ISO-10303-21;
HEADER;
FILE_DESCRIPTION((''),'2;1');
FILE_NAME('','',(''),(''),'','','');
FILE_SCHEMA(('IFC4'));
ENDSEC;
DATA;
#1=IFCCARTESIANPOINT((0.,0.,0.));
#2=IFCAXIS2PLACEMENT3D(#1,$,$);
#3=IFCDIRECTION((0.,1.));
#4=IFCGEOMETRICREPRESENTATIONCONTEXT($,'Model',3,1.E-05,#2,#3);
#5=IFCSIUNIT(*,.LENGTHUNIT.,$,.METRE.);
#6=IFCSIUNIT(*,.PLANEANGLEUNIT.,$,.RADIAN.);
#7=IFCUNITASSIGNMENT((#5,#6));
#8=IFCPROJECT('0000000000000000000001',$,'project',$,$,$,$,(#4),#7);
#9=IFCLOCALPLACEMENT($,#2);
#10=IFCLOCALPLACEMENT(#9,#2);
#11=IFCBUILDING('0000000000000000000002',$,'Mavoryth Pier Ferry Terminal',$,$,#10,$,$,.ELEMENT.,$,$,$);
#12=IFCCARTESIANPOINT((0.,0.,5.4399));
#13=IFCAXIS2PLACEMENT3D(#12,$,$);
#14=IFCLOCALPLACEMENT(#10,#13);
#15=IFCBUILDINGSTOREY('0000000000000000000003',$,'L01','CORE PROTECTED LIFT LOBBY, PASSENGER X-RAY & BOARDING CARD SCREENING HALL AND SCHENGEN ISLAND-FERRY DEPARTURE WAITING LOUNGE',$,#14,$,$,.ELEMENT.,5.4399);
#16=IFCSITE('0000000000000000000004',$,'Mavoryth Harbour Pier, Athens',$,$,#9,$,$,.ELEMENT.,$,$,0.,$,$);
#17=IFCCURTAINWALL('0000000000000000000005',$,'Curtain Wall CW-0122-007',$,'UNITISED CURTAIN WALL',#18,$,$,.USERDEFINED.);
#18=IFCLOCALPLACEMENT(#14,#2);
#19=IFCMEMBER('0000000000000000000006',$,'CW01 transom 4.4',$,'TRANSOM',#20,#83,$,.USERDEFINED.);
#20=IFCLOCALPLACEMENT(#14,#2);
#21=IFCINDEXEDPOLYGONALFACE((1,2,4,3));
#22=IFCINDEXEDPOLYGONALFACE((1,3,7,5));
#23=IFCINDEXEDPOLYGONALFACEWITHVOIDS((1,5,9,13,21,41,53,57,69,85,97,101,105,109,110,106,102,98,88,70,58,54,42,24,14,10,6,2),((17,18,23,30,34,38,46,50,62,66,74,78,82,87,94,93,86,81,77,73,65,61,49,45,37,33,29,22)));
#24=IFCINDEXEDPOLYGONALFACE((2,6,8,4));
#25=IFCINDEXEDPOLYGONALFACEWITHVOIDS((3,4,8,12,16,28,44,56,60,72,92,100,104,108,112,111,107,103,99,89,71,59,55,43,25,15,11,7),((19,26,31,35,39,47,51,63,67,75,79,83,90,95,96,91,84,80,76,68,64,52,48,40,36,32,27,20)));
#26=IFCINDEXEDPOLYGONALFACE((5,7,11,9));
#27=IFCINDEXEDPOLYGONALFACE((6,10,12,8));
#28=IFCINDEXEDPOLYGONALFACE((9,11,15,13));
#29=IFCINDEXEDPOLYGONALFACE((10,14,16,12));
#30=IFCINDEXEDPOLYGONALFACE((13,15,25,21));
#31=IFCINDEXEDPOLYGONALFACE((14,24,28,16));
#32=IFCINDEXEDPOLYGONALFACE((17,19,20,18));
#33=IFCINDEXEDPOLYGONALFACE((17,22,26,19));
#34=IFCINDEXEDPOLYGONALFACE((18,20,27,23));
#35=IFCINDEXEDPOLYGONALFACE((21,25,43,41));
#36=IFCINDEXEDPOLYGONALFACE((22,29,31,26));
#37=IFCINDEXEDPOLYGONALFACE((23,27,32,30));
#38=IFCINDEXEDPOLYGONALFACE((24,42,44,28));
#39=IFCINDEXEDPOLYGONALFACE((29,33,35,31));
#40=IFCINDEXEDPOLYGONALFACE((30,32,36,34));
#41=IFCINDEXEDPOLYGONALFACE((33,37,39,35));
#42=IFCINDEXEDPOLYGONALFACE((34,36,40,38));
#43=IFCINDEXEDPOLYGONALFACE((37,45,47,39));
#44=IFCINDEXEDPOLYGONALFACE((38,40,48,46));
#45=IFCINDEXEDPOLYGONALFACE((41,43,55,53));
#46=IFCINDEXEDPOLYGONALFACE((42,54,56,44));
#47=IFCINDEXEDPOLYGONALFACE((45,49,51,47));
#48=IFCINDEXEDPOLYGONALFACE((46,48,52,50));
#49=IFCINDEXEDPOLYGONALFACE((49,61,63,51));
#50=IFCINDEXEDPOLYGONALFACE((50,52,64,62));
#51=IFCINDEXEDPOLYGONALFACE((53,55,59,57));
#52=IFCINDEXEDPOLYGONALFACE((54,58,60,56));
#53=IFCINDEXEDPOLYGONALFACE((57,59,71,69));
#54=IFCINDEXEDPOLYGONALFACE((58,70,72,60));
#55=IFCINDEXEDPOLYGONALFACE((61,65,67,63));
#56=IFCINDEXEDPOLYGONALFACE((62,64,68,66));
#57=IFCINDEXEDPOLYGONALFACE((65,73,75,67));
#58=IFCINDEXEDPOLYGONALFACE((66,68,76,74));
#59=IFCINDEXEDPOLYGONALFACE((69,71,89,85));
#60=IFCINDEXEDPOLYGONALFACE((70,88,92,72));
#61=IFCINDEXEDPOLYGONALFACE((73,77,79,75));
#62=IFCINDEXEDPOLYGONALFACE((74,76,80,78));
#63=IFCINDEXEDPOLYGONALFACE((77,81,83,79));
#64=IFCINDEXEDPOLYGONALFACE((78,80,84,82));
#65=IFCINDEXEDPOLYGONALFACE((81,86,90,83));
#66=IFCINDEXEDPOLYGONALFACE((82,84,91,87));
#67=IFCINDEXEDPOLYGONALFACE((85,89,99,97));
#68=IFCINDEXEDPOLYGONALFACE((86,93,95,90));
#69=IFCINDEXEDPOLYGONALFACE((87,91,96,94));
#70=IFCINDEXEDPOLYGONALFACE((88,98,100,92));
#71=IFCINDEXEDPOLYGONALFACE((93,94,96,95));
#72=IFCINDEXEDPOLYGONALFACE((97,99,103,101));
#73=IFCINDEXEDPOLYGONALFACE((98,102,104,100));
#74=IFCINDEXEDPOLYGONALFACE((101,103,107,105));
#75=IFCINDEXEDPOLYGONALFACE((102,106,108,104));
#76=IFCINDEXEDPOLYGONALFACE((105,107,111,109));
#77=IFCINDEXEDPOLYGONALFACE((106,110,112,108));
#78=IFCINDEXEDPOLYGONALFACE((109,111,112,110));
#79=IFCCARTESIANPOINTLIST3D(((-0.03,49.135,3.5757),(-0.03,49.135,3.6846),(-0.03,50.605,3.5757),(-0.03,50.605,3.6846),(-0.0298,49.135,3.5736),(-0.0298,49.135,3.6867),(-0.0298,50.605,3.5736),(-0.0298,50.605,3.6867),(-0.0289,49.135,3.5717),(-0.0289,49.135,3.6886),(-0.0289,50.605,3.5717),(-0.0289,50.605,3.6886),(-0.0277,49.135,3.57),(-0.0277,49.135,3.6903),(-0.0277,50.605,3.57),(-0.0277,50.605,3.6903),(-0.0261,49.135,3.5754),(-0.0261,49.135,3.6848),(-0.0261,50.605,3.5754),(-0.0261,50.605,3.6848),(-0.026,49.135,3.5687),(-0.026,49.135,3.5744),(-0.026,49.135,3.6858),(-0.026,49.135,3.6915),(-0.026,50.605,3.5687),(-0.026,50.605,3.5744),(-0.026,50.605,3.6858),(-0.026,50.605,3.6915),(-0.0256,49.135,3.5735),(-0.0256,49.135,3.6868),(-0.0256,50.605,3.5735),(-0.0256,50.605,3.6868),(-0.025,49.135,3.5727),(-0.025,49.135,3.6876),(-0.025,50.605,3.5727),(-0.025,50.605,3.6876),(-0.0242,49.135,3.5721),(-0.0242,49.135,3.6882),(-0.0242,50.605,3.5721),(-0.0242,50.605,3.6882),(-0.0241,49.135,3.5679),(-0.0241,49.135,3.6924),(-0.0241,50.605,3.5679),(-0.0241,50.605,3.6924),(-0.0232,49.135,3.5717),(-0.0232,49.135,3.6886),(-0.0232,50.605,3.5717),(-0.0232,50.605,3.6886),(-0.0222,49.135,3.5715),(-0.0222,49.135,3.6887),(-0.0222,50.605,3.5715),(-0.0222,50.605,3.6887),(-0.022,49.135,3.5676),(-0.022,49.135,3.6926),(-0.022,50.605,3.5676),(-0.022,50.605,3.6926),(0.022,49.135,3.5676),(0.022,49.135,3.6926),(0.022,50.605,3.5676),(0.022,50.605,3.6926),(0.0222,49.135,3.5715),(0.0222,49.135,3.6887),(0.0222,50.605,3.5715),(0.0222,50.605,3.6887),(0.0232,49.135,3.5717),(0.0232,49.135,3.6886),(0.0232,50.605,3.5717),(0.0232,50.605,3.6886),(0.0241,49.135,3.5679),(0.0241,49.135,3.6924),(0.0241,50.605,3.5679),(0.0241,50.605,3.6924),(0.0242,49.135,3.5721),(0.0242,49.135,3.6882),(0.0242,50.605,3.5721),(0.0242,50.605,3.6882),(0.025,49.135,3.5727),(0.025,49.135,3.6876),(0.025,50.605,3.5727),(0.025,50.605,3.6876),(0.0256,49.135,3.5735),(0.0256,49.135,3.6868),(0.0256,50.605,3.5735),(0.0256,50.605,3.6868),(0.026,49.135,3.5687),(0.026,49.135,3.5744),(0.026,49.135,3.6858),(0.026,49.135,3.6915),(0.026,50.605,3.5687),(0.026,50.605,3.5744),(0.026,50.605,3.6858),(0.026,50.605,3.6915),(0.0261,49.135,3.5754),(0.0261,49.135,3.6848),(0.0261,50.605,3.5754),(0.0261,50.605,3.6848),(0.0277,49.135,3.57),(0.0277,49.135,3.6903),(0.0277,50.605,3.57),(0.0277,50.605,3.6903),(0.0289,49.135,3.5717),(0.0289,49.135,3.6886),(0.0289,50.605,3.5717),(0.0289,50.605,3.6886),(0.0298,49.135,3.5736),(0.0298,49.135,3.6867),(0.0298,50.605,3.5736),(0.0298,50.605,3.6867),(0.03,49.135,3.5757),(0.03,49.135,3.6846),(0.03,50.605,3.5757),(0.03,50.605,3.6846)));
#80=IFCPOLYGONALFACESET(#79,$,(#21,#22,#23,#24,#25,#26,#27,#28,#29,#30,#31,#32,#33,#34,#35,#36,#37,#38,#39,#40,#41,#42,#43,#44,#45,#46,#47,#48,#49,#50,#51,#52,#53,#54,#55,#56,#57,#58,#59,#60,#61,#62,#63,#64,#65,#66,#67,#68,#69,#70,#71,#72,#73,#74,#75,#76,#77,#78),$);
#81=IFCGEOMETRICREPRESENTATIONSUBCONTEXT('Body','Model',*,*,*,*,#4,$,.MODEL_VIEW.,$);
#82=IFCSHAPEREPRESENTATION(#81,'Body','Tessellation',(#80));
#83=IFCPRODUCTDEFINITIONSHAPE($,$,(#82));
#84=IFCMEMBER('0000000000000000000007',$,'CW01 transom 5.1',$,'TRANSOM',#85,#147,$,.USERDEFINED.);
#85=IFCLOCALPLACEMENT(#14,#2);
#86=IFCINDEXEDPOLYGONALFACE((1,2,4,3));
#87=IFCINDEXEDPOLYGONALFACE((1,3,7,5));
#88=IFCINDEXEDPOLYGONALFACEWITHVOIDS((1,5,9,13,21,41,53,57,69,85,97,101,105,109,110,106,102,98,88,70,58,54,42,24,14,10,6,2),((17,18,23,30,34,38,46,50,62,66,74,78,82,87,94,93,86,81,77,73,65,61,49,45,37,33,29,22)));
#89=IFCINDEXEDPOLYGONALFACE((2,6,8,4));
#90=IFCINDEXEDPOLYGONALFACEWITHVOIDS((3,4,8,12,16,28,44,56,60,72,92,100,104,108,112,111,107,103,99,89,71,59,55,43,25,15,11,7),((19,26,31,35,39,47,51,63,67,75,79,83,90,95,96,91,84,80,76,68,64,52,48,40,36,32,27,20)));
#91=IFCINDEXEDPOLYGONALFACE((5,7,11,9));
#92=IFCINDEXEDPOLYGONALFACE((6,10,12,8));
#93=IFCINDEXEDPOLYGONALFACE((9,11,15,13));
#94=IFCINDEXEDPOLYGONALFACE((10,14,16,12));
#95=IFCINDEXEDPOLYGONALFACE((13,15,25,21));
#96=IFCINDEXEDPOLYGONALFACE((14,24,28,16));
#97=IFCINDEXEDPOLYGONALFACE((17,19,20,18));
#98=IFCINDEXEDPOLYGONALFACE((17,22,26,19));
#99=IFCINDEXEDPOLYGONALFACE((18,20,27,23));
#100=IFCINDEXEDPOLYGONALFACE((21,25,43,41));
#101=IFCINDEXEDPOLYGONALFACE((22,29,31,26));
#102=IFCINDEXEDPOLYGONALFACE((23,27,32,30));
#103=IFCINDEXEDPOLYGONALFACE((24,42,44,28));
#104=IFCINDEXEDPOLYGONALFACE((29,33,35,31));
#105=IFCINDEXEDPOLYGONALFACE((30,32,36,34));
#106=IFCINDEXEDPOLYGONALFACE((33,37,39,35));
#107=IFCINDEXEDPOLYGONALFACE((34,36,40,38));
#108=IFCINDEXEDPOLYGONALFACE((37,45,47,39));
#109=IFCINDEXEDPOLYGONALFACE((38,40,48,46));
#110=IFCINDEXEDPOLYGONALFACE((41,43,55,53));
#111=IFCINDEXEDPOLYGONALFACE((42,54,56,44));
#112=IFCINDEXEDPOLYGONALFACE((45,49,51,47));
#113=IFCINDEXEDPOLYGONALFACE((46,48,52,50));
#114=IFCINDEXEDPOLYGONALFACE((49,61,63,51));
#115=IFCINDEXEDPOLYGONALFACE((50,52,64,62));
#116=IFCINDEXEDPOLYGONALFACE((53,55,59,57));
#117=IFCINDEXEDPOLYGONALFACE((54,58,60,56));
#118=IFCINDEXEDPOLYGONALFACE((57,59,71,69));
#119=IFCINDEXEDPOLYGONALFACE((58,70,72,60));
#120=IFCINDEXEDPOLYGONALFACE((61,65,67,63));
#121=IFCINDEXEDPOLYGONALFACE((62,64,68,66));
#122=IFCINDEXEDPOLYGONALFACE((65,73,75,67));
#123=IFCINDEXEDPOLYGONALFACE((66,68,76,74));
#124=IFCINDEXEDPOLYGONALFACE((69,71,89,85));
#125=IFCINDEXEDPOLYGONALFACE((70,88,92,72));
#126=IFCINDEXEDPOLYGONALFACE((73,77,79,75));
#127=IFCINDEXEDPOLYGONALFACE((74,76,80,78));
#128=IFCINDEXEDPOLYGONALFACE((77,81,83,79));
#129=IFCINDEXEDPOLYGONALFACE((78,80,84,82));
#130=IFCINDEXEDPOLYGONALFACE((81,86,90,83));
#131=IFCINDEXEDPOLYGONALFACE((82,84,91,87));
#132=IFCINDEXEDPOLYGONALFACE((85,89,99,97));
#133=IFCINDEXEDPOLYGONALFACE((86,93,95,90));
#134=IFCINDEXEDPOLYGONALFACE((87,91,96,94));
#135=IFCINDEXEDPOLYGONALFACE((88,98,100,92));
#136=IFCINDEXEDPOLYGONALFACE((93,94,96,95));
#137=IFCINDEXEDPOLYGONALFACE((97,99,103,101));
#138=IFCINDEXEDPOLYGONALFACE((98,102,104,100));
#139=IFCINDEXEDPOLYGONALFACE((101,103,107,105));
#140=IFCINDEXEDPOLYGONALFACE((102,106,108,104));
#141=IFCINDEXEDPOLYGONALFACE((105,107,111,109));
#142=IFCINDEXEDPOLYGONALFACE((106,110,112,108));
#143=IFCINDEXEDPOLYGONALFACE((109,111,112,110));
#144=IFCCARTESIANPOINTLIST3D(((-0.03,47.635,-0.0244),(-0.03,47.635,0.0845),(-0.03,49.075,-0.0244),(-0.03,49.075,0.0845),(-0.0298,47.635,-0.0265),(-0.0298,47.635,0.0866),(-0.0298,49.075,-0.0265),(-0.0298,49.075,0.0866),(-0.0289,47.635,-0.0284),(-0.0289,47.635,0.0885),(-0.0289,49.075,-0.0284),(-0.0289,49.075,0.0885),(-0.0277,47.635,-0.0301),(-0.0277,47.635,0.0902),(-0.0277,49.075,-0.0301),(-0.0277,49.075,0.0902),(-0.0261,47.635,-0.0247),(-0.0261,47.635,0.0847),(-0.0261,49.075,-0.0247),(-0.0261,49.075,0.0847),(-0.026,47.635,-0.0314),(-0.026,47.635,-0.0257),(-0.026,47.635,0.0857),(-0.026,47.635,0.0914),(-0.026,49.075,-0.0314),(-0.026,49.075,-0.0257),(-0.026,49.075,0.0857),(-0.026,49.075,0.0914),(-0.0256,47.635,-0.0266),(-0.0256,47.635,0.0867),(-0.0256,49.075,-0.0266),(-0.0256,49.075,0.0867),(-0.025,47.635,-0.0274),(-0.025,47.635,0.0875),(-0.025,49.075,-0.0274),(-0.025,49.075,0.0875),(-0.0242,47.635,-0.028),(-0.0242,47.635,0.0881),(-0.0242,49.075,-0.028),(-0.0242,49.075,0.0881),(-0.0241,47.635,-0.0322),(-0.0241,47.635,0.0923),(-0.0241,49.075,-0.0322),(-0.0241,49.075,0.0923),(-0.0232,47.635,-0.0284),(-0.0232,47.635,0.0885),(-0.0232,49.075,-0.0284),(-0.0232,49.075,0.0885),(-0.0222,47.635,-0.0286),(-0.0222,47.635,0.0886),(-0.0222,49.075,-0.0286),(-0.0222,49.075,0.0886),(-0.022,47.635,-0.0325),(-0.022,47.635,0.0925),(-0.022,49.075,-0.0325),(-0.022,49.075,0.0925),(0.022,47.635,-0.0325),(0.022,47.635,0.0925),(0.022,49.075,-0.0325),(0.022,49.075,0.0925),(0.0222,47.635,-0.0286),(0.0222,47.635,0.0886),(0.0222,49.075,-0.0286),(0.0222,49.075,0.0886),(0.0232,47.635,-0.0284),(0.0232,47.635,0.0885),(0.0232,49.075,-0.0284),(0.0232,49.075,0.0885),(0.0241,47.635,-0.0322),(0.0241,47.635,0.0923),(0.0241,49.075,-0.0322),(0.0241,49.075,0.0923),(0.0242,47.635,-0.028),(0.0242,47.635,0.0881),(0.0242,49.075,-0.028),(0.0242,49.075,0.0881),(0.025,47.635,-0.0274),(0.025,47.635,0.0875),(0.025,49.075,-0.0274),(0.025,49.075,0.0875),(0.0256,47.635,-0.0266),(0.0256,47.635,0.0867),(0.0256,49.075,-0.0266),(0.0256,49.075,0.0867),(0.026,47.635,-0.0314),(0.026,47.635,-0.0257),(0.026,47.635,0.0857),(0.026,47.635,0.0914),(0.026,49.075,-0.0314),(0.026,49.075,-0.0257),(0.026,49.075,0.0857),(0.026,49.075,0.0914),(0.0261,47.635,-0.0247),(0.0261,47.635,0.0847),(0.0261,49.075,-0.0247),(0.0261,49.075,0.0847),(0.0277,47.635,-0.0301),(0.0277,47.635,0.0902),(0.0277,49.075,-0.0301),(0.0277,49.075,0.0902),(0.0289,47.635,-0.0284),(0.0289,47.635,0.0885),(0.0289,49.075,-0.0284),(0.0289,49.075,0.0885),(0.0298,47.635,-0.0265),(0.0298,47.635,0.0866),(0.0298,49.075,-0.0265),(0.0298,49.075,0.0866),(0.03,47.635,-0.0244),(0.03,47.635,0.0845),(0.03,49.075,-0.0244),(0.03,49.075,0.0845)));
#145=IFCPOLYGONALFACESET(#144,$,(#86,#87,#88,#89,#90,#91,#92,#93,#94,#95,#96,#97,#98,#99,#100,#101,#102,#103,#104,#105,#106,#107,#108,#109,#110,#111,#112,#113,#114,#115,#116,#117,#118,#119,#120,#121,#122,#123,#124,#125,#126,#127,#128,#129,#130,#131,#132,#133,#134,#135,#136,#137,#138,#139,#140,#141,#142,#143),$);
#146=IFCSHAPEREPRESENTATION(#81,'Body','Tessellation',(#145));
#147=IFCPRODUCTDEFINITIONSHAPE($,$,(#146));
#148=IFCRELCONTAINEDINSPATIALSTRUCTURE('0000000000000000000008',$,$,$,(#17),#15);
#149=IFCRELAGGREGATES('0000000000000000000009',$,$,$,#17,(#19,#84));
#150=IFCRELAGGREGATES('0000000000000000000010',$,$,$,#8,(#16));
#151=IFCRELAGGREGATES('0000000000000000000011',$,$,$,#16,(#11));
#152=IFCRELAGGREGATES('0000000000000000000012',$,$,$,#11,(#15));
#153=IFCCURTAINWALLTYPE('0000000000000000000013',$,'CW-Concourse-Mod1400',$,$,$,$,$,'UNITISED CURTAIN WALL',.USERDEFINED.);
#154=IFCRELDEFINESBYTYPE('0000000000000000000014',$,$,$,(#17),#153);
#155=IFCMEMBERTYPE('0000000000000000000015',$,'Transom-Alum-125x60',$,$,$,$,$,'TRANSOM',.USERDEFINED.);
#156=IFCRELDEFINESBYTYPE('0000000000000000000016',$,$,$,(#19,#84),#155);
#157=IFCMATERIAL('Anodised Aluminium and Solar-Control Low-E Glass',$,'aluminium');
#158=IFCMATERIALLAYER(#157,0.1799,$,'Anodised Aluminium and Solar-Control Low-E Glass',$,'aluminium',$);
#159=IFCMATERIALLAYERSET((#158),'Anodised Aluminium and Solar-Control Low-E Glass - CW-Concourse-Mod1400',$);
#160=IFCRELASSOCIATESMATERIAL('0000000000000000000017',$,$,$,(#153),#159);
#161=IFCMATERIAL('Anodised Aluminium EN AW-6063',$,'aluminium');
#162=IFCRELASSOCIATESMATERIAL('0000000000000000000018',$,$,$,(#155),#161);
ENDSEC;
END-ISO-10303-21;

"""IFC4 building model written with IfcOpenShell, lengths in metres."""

from ifc_helpers import new_model, si_unit, direction, frame, origin, origin_2d, place, context, subcontext, project, spatial, hollow_rectangle, extrude, material, layer, layer_set, material_profile, profile_set, type_object, element, aggregate, save


model = new_model("IFC4")

# Units and contexts
model_context = context("Model", 3, precision=1e-05, world=origin(), true_north=direction((0.0, 1.0)))
body_context = subcontext(model_context, "Body", "Model", "MODEL_VIEW")
ifc_project = project(units=[si_unit("LENGTHUNIT", "METRE"), si_unit("PLANEANGLEUNIT", "RADIAN")], contexts=[model_context])

# Site, building, storey
site_placement = place(None, origin())
site = spatial("IfcSite", under=ifc_project, at=site_placement, Name="Mavoryth Harbour Pier, Athens", CompositionType="ELEMENT", RefElevation=0.0)
building_placement = place(site_placement, origin())
building = spatial("IfcBuilding", under=site, at=building_placement, Name="Mavoryth Pier Ferry Terminal", CompositionType="ELEMENT")
storey_placement = place(building_placement, frame((0.0, 0.0, 5.4399)))
storey = spatial("IfcBuildingStorey", under=building, at=storey_placement, Name="L01", Description="CORE PROTECTED LIFT LOBBY, PASSENGER X-RAY & BOARDING CARD SCREENING HALL AND SCHENGEN ISLAND-FERRY DEPARTURE WAITING LOUNGE", CompositionType="ELEMENT", Elevation=5.4399)

# Curtain wall
ifc_material_1 = material(Name="Anodised Aluminium and Solar-Control Low-E Glass", Category="aluminium")
ifc_layer_1 = layer(ifc_material_1, 0.1799, Name="Anodised Aluminium and Solar-Control Low-E Glass", Category="aluminium")
ifc_layer_set_1 = layer_set([ifc_layer_1], Name="Anodised Aluminium and Solar-Control Low-E Glass - CW-Concourse-Mod1400")
curtain_wall_type = type_object("IfcCurtainWallType", Name="CW-Concourse-Mod1400", ElementType="UNITISED CURTAIN WALL", PredefinedType="USERDEFINED", material=ifc_layer_set_1)
curtain_wall_placement = place(storey_placement, origin())
curtain_wall = element("IfcCurtainWall", 1, at=curtain_wall_placement, inside=storey, type_object=curtain_wall_type, Name="Curtain Wall CW-0122-007", ObjectType="UNITISED CURTAIN WALL", PredefinedType="USERDEFINED")
ifc_material_2 = material(Name="Anodised Aluminium EN AW-6063", Category="aluminium")

# Members
ifc_material_profile_1 = material_profile(ifc_material_2, hollow_rectangle(XDim=0.0601, YDim=0.125, WallThickness=0.0039, InnerFilletRadius=0.0039, OuterFilletRadius=0.0081, at=origin_2d()), Name="AL-TRAN 125x60x4", Category="aluminium")
ifc_profile_set_1 = profile_set([ifc_material_profile_1], Name="Anodised Aluminium EN AW-6063 - AL-TRAN 125x60x4")
member_type_1 = type_object("IfcMemberType", Name="Transom-Alum-125x60", ElementType="TRANSOM", PredefinedType="USERDEFINED", material=ifc_profile_set_1)
member_1_placement = place(storey_placement, frame((0.0, 50.605, 3.6301), z_axis=(0.0, -1.0, 0.0), x_axis=(1.0, 0.0, 0.0)))
member_1 = element("IfcMember", 2, at=member_1_placement, type_object=member_type_1, Name="CW01 transom 4.4", ObjectType="TRANSOM", PredefinedType="USERDEFINED", context=body_context, shape_type="SweptSolid", body=[
    extrude(hollow_rectangle(XDim=0.0601, YDim=0.125, WallThickness=0.0039, InnerFilletRadius=0.0039, OuterFilletRadius=0.0081, at=origin_2d()), origin(), (0.0, 0.0, 1.0), 1.47),
])
member_2_placement = place(storey_placement, frame((0.0, 49.075, 0.03), z_axis=(0.0, -1.0, 0.0), x_axis=(1.0, 0.0, 0.0)))
member_2 = element("IfcMember", 3, at=member_2_placement, type_object=member_type_1, Name="CW01 transom 5.1", ObjectType="TRANSOM", PredefinedType="USERDEFINED", context=body_context, shape_type="SweptSolid", body=[
    extrude(hollow_rectangle(XDim=0.0601, YDim=0.125, WallThickness=0.0039, InnerFilletRadius=0.0039, OuterFilletRadius=0.0081, at=origin_2d()), origin(), (0.0, 0.0, 1.0), 1.4399),
])

aggregate(curtain_wall, [member_1, member_2])

save(model, "model.ifc")
